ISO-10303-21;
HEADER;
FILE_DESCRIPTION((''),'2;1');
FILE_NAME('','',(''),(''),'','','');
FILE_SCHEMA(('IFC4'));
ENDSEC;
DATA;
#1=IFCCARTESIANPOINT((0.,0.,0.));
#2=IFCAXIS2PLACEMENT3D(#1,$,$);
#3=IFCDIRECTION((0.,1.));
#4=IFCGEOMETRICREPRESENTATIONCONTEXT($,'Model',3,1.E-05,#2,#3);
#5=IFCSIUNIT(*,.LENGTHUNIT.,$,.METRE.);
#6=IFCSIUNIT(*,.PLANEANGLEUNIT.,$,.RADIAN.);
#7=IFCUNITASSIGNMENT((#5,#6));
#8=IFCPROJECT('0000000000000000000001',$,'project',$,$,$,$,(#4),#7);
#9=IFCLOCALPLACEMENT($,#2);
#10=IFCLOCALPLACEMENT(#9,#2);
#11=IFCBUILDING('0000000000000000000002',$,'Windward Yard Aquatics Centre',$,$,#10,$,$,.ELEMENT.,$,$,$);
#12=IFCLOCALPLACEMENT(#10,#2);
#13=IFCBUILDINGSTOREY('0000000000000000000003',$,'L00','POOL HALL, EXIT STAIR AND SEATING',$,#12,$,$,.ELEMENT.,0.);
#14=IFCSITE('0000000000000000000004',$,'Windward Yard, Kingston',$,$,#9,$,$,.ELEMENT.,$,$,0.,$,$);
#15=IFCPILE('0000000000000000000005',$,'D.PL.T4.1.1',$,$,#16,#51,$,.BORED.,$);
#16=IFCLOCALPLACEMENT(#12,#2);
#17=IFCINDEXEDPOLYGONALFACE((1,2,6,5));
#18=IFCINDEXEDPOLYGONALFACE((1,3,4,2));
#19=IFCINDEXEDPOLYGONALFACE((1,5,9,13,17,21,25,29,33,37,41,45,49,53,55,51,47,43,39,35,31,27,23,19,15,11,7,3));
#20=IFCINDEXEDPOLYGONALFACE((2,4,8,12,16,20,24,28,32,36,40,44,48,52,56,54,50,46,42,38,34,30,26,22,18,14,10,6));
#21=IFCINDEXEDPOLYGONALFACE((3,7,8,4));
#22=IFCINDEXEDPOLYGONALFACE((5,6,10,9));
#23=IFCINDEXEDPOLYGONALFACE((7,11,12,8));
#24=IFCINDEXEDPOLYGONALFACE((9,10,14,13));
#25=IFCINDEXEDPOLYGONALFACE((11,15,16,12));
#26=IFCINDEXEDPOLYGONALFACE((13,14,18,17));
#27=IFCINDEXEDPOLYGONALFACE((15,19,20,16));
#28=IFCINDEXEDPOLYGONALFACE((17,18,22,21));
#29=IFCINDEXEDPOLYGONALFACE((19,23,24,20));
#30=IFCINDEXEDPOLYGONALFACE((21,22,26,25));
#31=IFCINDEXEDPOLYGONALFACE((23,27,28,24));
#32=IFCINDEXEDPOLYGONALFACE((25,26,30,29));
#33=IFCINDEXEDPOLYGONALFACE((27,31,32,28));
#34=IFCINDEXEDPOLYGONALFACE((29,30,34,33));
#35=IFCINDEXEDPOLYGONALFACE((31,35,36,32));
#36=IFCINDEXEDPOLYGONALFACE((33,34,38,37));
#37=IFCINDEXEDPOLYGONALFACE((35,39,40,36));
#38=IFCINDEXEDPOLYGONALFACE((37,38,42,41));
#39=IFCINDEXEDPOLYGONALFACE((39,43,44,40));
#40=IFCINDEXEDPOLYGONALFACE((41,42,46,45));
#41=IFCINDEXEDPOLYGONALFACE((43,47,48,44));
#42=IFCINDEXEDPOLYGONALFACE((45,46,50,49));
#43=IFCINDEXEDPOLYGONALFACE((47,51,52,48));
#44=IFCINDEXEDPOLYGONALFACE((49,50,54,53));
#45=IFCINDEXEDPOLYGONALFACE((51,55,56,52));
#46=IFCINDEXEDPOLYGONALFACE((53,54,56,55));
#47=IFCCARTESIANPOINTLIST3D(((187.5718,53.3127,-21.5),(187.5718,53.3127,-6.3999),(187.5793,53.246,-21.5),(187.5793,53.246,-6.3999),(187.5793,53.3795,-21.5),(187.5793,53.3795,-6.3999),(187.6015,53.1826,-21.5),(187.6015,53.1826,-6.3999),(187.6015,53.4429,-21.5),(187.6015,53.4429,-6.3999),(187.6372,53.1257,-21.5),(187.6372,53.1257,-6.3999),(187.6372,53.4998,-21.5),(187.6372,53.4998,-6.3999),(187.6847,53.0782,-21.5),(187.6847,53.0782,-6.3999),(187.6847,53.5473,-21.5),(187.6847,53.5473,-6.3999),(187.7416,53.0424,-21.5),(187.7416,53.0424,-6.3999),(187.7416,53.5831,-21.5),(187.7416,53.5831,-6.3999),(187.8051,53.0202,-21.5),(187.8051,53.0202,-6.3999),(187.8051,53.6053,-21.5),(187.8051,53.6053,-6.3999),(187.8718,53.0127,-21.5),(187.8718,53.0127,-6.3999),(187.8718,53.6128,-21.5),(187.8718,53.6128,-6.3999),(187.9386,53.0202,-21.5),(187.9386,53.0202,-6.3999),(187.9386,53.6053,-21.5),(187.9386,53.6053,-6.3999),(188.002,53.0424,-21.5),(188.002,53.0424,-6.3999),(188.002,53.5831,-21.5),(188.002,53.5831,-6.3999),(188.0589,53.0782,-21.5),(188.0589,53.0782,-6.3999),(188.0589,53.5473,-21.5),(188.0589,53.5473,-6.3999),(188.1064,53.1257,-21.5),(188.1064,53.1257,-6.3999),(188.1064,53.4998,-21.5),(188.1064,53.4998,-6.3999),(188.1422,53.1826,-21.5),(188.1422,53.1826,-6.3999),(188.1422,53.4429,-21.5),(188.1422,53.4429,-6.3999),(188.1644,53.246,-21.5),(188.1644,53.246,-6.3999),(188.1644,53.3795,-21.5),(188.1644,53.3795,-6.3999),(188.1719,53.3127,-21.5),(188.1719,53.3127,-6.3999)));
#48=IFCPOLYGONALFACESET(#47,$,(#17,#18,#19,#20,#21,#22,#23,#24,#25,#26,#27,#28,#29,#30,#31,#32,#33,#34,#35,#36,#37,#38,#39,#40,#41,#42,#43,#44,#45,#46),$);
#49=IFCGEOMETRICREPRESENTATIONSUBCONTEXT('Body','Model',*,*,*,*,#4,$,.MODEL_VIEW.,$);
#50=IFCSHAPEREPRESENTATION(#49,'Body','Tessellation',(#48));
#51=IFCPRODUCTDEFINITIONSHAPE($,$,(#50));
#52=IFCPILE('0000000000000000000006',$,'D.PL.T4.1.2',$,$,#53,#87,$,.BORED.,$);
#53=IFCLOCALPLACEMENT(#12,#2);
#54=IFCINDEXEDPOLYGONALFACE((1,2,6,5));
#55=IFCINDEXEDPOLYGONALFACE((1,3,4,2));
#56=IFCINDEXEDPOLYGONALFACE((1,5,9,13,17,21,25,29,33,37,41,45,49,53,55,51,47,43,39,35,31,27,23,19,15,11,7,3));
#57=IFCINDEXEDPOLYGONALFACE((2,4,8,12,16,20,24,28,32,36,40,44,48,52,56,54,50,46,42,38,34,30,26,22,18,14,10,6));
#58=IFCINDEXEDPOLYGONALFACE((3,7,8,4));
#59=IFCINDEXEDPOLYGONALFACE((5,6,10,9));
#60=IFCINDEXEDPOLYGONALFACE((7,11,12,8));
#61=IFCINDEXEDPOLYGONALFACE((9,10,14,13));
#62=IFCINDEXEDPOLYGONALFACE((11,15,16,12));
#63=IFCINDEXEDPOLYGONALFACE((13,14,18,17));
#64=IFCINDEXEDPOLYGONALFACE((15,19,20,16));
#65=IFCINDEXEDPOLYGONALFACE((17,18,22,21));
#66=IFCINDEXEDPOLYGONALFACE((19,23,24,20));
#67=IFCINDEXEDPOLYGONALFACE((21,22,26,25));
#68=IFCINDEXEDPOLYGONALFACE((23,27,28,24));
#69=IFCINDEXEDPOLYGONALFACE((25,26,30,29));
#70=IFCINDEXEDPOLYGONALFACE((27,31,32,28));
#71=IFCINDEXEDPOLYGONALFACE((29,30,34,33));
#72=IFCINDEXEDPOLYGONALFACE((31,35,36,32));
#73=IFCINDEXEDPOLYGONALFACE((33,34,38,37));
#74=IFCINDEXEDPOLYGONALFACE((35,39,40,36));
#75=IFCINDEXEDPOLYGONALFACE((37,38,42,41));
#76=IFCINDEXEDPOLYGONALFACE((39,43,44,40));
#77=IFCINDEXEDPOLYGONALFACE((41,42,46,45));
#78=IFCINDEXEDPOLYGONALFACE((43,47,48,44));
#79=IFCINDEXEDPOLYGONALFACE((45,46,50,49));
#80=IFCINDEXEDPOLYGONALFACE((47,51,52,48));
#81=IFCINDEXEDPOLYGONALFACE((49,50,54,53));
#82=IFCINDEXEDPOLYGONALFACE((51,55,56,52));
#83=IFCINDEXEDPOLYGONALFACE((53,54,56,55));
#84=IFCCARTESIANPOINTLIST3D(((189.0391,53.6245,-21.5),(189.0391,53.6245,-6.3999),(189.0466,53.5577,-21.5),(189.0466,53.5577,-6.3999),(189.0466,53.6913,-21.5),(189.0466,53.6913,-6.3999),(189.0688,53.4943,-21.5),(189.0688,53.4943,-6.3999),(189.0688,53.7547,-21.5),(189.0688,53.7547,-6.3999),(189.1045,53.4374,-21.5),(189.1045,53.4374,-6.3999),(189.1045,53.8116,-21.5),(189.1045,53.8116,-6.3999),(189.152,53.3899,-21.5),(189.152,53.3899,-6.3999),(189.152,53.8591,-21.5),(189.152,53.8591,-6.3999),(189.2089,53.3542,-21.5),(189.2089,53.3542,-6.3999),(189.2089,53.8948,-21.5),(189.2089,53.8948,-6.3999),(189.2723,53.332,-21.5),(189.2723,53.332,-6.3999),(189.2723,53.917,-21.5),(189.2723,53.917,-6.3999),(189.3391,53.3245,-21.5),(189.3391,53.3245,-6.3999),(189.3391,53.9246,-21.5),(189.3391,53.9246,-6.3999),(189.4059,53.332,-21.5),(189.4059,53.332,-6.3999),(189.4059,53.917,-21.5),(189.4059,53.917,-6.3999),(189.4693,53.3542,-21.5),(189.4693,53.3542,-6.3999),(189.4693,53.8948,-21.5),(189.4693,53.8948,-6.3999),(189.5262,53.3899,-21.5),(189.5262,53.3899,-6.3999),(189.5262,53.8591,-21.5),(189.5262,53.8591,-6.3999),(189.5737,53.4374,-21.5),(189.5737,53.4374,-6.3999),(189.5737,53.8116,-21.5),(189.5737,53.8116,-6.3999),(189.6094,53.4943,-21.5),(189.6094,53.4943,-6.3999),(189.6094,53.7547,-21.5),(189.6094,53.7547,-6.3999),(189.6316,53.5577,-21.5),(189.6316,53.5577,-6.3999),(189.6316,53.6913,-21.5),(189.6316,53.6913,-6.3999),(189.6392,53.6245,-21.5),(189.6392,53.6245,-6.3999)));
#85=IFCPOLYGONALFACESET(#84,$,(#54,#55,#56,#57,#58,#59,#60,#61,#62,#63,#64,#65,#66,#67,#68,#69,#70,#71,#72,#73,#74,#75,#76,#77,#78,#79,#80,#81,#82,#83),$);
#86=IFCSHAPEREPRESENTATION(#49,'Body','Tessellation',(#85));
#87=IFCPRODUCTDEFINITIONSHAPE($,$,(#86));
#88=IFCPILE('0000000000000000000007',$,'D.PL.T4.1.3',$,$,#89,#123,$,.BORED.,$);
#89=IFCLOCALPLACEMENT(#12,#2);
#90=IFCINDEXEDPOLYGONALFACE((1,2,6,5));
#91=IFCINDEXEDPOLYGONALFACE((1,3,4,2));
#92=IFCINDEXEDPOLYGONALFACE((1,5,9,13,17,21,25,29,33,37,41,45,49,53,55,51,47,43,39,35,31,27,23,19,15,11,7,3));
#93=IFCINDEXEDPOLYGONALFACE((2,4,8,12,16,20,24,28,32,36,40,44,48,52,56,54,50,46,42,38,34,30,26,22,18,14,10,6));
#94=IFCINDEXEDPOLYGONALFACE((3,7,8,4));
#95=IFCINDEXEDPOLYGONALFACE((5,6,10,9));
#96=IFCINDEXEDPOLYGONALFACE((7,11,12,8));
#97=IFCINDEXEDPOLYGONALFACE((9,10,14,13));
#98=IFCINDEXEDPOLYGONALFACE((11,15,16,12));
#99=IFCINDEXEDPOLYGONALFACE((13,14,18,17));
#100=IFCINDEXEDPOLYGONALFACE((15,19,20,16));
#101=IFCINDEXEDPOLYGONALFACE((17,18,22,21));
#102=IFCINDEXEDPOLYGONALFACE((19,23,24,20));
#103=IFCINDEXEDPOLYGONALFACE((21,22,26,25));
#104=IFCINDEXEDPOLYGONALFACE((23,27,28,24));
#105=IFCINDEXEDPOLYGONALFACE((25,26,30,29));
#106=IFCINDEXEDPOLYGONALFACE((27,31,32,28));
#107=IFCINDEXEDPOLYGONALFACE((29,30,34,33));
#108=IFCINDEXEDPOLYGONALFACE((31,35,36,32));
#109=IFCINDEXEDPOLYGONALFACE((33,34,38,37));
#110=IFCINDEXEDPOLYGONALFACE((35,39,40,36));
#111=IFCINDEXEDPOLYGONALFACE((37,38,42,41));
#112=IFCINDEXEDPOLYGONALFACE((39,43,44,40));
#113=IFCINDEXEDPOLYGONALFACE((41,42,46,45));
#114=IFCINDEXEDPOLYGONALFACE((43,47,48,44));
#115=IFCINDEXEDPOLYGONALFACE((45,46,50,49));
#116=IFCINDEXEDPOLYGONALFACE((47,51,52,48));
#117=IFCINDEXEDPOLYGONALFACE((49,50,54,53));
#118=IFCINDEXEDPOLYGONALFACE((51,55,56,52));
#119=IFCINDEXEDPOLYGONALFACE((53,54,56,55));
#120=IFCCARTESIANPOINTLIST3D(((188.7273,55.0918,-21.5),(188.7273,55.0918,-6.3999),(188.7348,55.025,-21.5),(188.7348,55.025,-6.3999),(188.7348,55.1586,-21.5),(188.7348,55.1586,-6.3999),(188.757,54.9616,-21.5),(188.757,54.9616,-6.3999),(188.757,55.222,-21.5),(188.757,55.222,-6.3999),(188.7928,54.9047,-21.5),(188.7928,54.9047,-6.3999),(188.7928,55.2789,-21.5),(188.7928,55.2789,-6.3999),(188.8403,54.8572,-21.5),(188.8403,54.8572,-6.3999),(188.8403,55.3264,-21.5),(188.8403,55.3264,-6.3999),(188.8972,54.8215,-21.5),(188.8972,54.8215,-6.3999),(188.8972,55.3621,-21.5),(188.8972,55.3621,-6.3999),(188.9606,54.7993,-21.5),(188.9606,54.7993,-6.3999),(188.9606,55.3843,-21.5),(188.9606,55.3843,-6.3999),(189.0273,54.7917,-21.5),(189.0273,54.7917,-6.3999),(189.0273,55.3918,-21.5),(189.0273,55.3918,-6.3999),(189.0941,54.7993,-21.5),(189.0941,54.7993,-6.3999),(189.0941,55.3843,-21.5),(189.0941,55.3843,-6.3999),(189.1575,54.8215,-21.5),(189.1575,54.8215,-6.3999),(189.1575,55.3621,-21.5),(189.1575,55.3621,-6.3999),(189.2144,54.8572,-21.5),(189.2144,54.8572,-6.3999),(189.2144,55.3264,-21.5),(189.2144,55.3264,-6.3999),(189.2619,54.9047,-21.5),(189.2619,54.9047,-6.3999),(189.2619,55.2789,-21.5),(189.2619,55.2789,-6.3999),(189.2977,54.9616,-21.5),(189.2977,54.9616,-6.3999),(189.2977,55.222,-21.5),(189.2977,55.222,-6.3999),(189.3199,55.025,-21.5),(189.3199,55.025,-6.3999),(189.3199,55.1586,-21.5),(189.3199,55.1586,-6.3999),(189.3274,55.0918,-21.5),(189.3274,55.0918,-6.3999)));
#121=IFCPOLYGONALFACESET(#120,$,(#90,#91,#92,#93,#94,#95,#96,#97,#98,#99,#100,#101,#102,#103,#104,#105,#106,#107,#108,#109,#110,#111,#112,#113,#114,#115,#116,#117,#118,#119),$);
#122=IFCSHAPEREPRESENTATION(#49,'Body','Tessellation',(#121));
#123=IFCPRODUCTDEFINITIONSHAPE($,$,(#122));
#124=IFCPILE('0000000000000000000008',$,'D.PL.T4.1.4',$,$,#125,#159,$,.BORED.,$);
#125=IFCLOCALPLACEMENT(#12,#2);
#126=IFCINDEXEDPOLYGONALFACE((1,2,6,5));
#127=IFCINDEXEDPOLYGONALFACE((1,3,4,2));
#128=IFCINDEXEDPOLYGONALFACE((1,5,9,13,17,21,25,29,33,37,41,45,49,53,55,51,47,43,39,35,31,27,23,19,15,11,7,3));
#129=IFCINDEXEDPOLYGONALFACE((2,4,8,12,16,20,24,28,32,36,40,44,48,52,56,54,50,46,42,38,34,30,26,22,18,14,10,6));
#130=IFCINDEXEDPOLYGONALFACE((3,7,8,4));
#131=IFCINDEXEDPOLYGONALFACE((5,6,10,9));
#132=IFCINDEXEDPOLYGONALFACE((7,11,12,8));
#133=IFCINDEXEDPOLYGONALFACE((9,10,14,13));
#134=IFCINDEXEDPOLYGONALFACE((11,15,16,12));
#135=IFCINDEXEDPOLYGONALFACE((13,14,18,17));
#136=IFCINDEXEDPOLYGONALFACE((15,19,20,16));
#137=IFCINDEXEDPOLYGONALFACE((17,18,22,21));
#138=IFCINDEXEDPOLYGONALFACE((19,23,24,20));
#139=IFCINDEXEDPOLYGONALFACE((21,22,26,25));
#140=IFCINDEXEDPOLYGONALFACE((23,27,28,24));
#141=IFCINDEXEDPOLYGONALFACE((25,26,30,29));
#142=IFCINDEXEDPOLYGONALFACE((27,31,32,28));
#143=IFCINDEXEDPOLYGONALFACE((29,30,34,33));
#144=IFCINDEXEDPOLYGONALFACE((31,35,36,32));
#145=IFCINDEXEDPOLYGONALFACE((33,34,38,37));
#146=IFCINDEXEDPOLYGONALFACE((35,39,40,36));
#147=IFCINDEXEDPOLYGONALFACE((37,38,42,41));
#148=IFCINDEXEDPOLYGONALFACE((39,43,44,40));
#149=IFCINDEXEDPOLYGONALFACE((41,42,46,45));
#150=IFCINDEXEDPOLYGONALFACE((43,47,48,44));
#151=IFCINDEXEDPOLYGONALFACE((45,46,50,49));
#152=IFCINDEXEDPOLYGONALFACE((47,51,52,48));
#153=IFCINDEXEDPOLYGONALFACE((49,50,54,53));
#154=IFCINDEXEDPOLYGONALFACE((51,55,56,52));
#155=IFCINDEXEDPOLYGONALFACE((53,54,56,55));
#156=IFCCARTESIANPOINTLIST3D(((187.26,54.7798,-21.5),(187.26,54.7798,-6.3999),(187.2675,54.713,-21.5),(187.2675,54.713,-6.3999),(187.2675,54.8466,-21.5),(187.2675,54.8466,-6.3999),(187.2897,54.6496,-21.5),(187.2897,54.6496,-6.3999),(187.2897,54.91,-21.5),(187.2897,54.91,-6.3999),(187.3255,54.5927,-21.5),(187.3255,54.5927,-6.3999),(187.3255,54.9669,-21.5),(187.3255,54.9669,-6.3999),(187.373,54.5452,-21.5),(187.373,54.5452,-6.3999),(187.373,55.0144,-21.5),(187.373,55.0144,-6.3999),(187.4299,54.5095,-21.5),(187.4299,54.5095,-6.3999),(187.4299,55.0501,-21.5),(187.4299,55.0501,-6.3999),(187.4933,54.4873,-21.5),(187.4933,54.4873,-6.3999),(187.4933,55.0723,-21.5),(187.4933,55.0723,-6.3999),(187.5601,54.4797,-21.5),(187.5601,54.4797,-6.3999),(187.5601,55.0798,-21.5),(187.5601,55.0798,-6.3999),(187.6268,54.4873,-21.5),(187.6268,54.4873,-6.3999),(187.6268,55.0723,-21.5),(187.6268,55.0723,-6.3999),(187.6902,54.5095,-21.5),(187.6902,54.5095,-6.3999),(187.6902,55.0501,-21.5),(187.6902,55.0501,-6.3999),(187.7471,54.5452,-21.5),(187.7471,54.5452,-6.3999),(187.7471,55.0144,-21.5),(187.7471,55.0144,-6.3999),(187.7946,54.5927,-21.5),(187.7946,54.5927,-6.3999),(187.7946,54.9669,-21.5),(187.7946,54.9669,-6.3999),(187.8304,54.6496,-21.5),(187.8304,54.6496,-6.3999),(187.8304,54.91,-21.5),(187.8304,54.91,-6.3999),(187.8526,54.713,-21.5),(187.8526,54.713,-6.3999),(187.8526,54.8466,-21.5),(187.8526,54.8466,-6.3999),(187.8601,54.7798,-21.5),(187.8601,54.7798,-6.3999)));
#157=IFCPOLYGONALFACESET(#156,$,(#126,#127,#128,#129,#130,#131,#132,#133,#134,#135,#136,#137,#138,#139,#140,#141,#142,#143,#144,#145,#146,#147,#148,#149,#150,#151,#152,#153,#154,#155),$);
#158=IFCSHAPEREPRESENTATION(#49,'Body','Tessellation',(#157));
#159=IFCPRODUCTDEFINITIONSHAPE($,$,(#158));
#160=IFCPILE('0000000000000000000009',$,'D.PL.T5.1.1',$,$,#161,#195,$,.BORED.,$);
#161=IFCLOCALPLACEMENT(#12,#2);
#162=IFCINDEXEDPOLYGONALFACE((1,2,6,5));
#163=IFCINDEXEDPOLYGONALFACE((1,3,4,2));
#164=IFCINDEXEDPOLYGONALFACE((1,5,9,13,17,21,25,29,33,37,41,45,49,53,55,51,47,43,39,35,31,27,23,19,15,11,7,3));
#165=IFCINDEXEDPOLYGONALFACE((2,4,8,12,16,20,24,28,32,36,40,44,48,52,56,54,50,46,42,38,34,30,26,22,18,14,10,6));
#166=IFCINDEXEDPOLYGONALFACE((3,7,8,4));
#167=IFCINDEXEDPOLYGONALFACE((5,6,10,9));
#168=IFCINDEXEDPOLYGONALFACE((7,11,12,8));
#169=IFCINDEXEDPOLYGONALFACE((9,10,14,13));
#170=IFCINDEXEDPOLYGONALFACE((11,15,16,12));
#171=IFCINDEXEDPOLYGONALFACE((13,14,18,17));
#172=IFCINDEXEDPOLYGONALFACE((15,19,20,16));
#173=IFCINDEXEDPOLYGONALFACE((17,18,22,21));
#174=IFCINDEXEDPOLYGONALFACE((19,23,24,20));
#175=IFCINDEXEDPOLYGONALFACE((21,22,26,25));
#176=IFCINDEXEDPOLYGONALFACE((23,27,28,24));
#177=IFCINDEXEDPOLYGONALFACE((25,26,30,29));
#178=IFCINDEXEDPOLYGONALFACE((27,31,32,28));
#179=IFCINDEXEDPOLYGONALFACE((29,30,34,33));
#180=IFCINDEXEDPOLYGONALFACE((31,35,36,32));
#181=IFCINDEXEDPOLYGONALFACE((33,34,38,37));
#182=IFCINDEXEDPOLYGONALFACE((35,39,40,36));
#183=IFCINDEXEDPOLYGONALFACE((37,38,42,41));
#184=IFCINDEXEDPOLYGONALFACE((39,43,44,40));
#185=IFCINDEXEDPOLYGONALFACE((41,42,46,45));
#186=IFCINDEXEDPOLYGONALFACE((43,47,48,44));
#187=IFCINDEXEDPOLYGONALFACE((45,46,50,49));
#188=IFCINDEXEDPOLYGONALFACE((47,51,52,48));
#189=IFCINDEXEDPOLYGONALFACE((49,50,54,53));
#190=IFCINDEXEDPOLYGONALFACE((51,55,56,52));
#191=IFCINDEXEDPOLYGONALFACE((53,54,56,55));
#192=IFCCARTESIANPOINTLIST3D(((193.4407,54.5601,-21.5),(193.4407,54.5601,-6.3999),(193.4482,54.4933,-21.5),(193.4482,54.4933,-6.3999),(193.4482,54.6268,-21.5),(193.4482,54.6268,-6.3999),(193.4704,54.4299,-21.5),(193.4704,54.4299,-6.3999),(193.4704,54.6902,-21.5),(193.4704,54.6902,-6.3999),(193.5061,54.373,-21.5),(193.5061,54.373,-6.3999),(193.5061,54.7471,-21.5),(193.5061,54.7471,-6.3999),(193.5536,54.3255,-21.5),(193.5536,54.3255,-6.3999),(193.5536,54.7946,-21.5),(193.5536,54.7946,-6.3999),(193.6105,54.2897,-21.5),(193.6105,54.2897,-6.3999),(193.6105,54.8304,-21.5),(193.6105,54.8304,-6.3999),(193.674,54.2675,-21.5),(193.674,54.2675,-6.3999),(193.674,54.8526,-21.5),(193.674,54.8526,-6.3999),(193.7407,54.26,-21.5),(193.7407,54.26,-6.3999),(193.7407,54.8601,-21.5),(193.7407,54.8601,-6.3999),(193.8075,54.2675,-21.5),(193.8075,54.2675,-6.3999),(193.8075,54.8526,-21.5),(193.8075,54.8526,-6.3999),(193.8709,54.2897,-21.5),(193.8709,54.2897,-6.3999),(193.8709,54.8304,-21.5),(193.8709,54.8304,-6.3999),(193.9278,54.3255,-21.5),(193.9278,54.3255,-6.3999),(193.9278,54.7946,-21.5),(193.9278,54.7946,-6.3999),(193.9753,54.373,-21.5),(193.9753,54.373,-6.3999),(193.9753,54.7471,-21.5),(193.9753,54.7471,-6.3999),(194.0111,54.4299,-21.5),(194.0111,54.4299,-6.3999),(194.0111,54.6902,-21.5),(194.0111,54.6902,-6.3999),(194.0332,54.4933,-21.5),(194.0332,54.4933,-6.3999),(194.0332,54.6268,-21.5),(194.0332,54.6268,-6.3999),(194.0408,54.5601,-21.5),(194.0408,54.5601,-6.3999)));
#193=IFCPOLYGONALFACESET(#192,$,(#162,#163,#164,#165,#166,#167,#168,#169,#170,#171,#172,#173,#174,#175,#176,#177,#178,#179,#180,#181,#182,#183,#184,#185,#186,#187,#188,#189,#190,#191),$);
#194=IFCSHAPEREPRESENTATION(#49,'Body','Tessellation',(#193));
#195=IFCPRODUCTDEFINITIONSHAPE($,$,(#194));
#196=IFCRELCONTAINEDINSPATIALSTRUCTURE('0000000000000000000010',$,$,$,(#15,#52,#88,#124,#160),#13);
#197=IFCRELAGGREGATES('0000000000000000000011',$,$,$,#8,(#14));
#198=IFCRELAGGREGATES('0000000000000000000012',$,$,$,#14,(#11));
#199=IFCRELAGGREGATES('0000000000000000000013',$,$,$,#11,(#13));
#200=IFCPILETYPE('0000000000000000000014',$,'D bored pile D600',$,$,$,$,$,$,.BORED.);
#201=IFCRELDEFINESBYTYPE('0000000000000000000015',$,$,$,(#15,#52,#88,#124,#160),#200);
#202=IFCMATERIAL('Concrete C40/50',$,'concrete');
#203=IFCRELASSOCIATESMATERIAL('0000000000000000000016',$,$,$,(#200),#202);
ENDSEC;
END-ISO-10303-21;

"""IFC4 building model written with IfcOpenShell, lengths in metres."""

from ifc_helpers import new_model, si_unit, direction, frame, origin, origin_2d, place, context, subcontext, project, spatial, circle, extrude, material, material_profile, profile_set, type_object, element, save


model = new_model("IFC4")

# Units and contexts
model_context = context("Model", 3, precision=1e-05, world=origin(), true_north=direction((0.0, 1.0)))
body_context = subcontext(model_context, "Body", "Model", "MODEL_VIEW")
ifc_project = project(units=[si_unit("LENGTHUNIT", "METRE"), si_unit("PLANEANGLEUNIT", "RADIAN")], contexts=[model_context])

# Site, building, storey
site_placement = place(None, origin())
site = spatial("IfcSite", under=ifc_project, at=site_placement, Name="Windward Yard, Kingston", CompositionType="ELEMENT", RefElevation=0.0)
building_placement = place(site_placement, origin())
building = spatial("IfcBuilding", under=site, at=building_placement, Name="Windward Yard Aquatics Centre", CompositionType="ELEMENT")
storey_placement = place(building_placement, origin())
storey = spatial("IfcBuildingStorey", under=building, at=storey_placement, Name="L00", Description="POOL HALL, EXIT STAIR AND SEATING", CompositionType="ELEMENT", Elevation=0.0)

# Piles
ifc_material_1 = material(Name="Concrete C40/50", Category="concrete")
ifc_material_profile_1 = material_profile(ifc_material_1, circle(Radius=0.3, at=origin_2d()), Name="RC D600")
ifc_profile_set_1 = profile_set([ifc_material_profile_1], Name="Concrete C40/50")
pile_type = type_object("IfcPileType", Name="D bored pile D600", PredefinedType="BORED", material=ifc_profile_set_1)
for number, where, z_axis, x_axis, name in (
    (1, (187.8718, 53.3127, -6.3999), (0.0, 0.0, -1.0), (1.0, 0.0, 0.0), "D.PL.T4.1.1"),
    (2, (189.3391, 53.6245, -6.3999), (0.0, 0.0, -1.0), (1.0, 0.0, 0.0), "D.PL.T4.1.2"),
    (3, (189.0273, 55.0918, -6.3999), (0.0, 0.0, -1.0), (1.0, 0.0, 0.0), "D.PL.T4.1.3"),
    (4, (187.5601, 54.7798, -6.3999), (0.0, 0.0, -1.0), (1.0, 0.0, 0.0), "D.PL.T4.1.4"),
    (5, (193.7407, 54.5601, -6.3999), (0.0, 0.0, -1.0), (1.0, 0.0, 0.0), "D.PL.T5.1.1"),
):
    element("IfcPile", number, at=place(storey_placement, frame(where, z_axis=z_axis, x_axis=x_axis)), inside=storey, type_object=pile_type, Name=name, PredefinedType="BORED", context=body_context, shape_type="SweptSolid", body=[
        extrude(circle(Radius=0.3, at=origin_2d()), origin(), (0.0, 0.0, 1.0), 15.1001),
    ])

save(model, "model.ifc")
